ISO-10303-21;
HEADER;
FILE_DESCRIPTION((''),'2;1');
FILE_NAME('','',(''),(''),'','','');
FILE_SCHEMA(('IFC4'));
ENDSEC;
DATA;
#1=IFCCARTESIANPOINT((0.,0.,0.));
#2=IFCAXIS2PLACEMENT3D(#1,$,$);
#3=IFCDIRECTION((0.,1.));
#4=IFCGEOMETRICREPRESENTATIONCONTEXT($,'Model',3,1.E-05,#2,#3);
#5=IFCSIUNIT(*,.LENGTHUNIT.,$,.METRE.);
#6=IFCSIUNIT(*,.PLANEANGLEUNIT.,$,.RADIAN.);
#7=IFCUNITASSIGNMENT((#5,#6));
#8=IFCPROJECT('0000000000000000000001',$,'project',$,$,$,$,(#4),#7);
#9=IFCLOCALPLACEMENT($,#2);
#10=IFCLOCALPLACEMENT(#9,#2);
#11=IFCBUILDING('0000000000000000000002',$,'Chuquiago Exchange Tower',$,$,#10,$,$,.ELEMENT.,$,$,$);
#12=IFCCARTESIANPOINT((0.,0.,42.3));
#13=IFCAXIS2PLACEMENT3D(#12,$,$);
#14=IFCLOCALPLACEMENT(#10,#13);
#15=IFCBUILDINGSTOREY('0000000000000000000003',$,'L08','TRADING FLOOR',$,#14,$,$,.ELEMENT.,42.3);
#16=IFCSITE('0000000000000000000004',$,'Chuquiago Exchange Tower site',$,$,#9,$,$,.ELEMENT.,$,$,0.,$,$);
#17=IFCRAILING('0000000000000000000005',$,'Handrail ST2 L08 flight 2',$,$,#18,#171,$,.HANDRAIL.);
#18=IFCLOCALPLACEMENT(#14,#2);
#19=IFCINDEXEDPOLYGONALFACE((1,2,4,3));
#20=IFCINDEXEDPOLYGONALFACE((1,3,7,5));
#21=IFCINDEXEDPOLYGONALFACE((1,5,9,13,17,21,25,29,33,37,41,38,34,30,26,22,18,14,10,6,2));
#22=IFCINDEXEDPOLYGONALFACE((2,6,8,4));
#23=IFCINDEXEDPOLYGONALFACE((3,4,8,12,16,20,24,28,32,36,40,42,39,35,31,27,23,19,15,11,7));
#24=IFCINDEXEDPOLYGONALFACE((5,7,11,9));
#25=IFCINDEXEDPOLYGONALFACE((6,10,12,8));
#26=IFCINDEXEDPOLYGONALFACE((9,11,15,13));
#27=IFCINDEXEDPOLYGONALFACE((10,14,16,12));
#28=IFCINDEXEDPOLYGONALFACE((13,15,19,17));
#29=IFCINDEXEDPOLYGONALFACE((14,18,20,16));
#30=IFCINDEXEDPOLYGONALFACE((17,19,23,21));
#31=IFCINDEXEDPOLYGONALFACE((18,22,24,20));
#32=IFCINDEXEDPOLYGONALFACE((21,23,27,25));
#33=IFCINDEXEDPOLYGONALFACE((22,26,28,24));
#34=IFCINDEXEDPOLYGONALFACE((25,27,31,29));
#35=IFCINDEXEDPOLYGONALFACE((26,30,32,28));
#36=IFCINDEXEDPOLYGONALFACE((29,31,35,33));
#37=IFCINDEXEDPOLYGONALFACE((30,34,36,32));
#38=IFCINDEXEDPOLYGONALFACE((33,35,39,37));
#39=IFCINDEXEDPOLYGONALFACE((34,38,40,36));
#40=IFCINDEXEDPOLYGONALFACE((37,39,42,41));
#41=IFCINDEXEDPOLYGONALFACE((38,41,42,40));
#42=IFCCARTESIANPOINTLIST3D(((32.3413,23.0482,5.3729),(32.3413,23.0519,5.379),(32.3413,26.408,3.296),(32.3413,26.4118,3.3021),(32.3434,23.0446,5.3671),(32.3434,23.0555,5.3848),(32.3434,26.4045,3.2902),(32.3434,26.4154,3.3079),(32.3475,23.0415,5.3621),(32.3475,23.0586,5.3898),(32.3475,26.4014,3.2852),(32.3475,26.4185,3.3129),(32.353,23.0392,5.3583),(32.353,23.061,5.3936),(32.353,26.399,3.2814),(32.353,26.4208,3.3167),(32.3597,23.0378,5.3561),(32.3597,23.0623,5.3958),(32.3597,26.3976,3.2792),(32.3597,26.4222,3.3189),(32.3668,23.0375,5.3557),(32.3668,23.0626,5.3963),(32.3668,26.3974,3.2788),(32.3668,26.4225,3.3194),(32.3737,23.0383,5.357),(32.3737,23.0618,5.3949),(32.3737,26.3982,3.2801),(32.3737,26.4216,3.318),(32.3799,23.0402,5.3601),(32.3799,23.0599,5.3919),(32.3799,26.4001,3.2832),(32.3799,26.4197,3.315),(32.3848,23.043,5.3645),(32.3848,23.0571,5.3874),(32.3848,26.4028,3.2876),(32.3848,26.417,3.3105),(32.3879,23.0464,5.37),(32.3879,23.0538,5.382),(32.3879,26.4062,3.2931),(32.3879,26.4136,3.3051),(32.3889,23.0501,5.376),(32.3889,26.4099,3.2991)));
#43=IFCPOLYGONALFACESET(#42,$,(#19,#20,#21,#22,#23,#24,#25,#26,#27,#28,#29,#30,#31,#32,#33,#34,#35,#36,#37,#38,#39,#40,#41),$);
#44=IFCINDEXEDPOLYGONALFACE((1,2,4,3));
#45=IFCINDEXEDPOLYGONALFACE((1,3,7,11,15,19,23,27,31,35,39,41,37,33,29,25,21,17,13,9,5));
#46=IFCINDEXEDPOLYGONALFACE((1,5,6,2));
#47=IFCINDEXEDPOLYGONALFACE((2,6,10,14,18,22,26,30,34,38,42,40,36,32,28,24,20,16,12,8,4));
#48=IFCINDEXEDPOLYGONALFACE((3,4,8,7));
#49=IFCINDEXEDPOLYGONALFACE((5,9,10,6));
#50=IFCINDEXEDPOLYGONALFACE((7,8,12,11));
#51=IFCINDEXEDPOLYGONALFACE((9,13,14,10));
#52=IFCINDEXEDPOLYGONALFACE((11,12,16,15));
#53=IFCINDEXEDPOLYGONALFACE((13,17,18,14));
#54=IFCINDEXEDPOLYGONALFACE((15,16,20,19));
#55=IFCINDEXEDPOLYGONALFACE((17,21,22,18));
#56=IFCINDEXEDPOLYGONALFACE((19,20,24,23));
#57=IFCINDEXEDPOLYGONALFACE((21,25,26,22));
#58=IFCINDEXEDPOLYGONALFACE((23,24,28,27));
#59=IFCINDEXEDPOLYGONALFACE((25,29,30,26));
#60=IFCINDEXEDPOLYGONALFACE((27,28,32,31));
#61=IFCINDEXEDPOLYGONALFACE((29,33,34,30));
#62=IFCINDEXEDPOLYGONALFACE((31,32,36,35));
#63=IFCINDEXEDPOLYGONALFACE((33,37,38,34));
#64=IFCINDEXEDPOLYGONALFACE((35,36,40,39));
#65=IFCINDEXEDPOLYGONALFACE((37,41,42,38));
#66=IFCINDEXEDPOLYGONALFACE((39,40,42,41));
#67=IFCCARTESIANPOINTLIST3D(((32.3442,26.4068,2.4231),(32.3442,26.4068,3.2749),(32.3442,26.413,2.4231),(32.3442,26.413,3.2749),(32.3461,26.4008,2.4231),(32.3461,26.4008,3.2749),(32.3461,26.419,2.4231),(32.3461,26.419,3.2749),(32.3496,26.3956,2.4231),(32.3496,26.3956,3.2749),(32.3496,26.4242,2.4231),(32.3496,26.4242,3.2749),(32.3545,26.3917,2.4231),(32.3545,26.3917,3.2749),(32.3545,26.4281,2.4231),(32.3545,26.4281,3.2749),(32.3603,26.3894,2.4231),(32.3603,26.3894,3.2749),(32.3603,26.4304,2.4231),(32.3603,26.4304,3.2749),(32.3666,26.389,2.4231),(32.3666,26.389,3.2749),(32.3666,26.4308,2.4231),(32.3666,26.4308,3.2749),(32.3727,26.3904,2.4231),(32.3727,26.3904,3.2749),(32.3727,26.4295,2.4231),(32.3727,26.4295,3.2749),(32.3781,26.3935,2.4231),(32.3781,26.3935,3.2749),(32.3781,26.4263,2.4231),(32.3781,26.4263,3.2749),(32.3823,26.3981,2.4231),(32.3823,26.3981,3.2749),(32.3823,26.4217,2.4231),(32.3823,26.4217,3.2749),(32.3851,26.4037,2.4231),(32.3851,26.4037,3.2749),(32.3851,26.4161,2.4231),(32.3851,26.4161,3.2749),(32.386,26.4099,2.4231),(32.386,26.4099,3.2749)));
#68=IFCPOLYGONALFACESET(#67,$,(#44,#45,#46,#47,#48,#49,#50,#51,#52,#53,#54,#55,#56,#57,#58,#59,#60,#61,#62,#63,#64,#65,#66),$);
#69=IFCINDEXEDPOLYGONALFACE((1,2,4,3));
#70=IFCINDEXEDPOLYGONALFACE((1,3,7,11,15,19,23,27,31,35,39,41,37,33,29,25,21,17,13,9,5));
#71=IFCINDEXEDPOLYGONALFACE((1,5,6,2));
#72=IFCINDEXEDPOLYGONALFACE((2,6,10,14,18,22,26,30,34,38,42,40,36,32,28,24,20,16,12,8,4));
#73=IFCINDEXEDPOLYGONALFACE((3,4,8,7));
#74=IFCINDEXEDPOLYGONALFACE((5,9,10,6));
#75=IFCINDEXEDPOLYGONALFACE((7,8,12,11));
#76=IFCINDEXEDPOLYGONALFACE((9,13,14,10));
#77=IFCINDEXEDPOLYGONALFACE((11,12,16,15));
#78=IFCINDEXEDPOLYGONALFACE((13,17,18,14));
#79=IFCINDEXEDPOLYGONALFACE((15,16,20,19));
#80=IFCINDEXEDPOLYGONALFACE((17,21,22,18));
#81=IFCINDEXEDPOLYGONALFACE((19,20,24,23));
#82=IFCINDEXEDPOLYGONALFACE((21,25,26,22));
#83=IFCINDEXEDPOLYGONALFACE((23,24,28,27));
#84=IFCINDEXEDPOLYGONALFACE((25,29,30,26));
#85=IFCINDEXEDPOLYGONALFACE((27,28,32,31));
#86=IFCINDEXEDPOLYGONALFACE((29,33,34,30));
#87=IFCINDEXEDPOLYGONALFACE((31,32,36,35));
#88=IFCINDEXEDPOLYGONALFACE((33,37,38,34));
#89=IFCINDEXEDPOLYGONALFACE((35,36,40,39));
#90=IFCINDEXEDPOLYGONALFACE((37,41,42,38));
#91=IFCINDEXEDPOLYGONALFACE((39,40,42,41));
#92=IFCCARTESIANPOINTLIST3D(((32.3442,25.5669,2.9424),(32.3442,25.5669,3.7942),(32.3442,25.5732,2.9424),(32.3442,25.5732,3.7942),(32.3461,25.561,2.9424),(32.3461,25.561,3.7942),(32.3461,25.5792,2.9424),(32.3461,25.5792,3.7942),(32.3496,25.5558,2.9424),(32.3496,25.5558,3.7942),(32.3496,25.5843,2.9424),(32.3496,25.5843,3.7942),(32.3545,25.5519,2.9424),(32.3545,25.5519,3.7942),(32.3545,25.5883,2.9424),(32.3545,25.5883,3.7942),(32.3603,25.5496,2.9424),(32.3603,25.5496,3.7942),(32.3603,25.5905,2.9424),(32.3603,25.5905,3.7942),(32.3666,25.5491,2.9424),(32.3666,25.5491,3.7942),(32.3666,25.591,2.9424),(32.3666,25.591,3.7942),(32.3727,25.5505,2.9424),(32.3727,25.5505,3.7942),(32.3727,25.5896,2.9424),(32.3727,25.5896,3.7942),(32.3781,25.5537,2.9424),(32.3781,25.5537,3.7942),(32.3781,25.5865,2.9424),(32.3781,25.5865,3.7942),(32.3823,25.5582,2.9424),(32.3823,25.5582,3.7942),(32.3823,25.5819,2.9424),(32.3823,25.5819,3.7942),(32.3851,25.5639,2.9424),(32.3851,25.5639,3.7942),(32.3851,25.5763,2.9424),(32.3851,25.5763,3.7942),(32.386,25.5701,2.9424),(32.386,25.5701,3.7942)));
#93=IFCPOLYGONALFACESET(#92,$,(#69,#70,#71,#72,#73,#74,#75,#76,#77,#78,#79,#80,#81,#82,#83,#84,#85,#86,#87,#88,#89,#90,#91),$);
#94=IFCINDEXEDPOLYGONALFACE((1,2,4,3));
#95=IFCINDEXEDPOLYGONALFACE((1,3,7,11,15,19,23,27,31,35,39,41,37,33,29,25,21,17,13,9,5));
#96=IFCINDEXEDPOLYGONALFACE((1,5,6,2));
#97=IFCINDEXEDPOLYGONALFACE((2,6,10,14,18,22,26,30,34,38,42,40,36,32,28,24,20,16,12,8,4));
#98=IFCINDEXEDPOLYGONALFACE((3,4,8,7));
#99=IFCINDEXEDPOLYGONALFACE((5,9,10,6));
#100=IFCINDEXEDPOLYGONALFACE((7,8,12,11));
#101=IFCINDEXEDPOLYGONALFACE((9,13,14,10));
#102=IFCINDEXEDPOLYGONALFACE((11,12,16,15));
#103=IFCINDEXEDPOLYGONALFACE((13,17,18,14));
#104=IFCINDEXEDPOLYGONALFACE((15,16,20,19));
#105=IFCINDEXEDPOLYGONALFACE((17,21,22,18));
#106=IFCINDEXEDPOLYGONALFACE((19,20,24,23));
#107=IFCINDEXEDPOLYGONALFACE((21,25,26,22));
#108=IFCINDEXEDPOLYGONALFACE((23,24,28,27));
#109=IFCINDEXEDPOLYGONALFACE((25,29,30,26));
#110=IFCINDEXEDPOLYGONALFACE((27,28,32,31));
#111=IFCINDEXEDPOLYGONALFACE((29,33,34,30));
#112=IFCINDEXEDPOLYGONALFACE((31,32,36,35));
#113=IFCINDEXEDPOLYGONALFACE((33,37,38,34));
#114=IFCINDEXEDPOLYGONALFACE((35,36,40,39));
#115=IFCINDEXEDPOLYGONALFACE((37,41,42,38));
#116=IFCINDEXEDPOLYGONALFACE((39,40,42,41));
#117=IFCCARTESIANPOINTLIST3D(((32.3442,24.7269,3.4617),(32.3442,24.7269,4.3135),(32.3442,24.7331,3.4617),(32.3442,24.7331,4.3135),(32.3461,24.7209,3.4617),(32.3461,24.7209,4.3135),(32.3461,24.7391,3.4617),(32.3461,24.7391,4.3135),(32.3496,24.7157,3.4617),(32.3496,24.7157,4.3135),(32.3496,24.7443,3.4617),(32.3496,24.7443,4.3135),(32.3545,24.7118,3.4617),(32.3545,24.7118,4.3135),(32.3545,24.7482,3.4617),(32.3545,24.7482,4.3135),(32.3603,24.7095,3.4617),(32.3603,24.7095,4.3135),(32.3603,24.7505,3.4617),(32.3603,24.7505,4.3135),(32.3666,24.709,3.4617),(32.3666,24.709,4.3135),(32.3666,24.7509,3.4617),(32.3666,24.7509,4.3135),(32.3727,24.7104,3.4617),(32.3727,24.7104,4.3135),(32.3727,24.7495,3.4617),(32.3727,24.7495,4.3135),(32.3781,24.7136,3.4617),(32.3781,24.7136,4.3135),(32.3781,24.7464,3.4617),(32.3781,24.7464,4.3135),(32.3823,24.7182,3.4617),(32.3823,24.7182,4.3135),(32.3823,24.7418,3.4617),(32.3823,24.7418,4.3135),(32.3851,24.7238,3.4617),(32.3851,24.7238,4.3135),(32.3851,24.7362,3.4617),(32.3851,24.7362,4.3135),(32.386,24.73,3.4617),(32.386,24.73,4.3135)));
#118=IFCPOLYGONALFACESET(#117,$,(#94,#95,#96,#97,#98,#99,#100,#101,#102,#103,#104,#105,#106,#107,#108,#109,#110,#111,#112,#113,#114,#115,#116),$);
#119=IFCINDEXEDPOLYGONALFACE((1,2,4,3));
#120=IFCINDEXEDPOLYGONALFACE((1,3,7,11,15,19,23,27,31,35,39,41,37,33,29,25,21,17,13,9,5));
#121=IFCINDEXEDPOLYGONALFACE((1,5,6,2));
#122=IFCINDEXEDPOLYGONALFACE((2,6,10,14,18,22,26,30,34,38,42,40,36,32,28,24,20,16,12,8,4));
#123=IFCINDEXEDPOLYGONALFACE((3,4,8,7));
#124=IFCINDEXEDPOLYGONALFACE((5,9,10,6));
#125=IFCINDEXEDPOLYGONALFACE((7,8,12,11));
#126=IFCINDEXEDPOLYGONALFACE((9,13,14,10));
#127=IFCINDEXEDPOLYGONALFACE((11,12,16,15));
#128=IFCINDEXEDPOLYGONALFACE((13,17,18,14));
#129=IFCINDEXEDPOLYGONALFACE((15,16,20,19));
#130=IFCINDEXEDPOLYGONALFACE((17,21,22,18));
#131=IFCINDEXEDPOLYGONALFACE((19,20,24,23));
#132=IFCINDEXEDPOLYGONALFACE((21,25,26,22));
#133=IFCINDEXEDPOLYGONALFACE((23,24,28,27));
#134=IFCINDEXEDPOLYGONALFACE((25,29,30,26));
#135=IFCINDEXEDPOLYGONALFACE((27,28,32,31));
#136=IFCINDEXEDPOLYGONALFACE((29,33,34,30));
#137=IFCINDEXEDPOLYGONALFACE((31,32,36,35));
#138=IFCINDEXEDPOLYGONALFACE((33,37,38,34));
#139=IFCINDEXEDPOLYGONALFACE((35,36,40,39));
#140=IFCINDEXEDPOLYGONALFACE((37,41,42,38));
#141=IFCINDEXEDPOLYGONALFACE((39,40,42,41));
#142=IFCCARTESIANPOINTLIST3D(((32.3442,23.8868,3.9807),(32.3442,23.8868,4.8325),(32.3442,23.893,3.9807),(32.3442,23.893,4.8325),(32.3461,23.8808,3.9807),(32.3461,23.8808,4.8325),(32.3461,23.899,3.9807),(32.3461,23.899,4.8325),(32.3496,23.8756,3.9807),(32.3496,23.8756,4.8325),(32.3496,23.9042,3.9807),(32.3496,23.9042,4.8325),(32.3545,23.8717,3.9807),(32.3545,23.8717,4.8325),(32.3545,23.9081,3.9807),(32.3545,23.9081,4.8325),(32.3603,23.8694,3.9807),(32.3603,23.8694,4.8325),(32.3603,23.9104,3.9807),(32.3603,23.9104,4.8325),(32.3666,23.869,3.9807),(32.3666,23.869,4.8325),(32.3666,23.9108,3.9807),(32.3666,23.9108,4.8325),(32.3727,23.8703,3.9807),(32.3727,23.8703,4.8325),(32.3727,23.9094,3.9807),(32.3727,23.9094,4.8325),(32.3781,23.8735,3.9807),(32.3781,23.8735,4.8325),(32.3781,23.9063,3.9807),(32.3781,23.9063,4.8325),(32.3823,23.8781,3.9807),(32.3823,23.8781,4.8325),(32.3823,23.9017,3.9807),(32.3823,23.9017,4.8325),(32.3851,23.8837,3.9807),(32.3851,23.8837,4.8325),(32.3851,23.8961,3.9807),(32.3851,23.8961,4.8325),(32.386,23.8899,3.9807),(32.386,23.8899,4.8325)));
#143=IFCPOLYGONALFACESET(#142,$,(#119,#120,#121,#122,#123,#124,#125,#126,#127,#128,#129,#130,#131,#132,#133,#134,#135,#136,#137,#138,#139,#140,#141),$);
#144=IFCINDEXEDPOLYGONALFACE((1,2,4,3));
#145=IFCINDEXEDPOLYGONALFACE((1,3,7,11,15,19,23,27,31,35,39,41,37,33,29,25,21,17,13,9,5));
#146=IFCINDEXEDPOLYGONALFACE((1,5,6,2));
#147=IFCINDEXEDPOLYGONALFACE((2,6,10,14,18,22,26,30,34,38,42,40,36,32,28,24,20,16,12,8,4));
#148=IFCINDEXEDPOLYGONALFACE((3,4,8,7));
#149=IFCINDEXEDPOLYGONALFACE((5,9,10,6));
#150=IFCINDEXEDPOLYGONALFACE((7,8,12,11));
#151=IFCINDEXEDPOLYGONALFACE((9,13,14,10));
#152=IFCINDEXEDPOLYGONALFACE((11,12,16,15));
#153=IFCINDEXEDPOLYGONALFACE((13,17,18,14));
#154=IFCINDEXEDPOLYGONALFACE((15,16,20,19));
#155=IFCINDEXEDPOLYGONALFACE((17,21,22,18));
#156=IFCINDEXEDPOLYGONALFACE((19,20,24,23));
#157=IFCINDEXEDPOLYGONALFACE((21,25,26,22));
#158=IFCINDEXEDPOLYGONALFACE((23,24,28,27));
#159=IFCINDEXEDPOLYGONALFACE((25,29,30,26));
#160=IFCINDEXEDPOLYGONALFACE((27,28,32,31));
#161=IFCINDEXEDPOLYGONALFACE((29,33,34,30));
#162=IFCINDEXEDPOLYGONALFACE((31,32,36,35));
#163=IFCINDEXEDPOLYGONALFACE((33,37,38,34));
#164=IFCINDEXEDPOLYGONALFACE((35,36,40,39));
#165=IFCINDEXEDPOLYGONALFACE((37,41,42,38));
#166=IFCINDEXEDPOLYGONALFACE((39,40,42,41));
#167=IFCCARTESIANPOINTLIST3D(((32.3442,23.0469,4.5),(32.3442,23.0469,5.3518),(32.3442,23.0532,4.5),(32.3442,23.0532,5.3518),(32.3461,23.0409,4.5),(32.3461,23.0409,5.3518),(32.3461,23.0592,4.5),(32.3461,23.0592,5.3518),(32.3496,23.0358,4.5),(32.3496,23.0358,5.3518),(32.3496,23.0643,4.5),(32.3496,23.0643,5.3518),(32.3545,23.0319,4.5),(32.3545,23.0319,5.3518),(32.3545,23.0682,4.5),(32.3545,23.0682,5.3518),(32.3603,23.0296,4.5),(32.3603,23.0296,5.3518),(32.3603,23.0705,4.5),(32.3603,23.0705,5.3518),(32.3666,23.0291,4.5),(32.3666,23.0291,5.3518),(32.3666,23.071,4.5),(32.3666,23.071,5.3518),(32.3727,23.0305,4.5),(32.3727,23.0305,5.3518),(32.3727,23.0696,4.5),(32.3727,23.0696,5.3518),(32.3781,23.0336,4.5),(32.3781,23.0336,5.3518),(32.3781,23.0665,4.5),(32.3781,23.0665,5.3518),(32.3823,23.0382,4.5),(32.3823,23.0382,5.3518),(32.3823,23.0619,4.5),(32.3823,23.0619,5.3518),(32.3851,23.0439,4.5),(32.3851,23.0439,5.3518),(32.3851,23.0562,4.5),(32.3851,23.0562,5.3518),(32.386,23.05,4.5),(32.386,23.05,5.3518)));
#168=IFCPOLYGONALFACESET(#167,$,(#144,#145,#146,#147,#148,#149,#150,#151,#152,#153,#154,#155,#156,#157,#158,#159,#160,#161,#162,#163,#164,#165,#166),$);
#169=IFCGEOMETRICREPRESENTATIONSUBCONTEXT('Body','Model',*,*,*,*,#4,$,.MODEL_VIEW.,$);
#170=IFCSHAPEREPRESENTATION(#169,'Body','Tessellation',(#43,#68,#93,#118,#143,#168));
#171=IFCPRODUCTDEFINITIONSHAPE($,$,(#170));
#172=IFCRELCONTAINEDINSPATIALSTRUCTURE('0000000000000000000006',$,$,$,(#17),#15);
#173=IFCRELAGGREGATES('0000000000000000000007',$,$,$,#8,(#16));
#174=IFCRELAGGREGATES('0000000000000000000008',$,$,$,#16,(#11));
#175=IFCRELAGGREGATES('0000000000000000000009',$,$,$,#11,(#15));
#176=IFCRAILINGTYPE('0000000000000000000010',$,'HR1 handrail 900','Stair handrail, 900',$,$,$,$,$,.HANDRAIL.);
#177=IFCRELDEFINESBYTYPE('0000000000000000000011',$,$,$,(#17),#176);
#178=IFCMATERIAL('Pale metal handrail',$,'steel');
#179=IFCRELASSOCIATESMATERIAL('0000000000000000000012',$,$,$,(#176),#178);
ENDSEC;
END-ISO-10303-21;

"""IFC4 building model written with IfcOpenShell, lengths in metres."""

from ifc_helpers import new_model, si_unit, direction, frame, origin, origin_2d, place, context, subcontext, project, spatial, circle, extrude, material, type_object, element, save


model = new_model("IFC4")

# Units and contexts
model_context = context("Model", 3, precision=1e-05, world=origin(), true_north=direction((0.0, 1.0)))
body_context = subcontext(model_context, "Body", "Model", "MODEL_VIEW")
ifc_project = project(units=[si_unit("LENGTHUNIT", "METRE"), si_unit("PLANEANGLEUNIT", "RADIAN")], contexts=[model_context])

# Site, building, storey
site_placement = place(None, origin())
site = spatial("IfcSite", under=ifc_project, at=site_placement, Name="Chuquiago Exchange Tower site", CompositionType="ELEMENT", RefElevation=0.0)
building_placement = place(site_placement, origin())
building = spatial("IfcBuilding", under=site, at=building_placement, Name="Chuquiago Exchange Tower", CompositionType="ELEMENT")
storey_placement = place(building_placement, frame((0.0, 0.0, 42.3)))
storey = spatial("IfcBuildingStorey", under=building, at=storey_placement, Name="L08", Description="TRADING FLOOR", CompositionType="ELEMENT", Elevation=42.3)

# Railing
ifc_material_1 = material(Name="Pale metal handrail", Category="steel")
railing_type_1 = type_object("IfcRailingType", Name="HR1 handrail 900", Description="Stair handrail, 900", PredefinedType="HANDRAIL", material=ifc_material_1)
for number, where, name in (
    (1, (32.365, 26.4099, 2.4231), "Handrail ST2 L08 flight 2"),
):
    element("IfcRailing", number, at=place(storey_placement, frame(where)), inside=storey, type_object=railing_type_1, Name=name, PredefinedType="HANDRAIL", context=body_context, shape_type="SweptSolid", body=[
        extrude(circle(Radius=0.0239, at=origin_2d()), frame((0.0, 0.0, 0.876), z_axis=(0.0, -0.850606, 0.525803), x_axis=(1.0, 0.0, 0.0)), (0.0, 0.0, 1.0), 3.95),
        extrude(circle(Radius=0.021, at=origin_2d()), origin(), (0.0, 0.0, 1.0), 0.8518),
        extrude(circle(Radius=0.021, at=origin_2d()), frame((0.0, -0.8398, 0.5193)), (0.0, 0.0, 1.0), 0.8518),
        extrude(circle(Radius=0.021, at=origin_2d()), frame((0.0, -1.6799, 1.0386)), (0.0, 0.0, 1.0), 0.8518),
        extrude(circle(Radius=0.021, at=origin_2d()), frame((0.0, -2.52, 1.5576)), (0.0, 0.0, 1.0), 0.8518),
        extrude(circle(Radius=0.021, at=origin_2d()), frame((0.0, -3.3599, 2.0769)), (0.0, 0.0, 1.0), 0.8518),
    ])

save(model, "model.ifc")
